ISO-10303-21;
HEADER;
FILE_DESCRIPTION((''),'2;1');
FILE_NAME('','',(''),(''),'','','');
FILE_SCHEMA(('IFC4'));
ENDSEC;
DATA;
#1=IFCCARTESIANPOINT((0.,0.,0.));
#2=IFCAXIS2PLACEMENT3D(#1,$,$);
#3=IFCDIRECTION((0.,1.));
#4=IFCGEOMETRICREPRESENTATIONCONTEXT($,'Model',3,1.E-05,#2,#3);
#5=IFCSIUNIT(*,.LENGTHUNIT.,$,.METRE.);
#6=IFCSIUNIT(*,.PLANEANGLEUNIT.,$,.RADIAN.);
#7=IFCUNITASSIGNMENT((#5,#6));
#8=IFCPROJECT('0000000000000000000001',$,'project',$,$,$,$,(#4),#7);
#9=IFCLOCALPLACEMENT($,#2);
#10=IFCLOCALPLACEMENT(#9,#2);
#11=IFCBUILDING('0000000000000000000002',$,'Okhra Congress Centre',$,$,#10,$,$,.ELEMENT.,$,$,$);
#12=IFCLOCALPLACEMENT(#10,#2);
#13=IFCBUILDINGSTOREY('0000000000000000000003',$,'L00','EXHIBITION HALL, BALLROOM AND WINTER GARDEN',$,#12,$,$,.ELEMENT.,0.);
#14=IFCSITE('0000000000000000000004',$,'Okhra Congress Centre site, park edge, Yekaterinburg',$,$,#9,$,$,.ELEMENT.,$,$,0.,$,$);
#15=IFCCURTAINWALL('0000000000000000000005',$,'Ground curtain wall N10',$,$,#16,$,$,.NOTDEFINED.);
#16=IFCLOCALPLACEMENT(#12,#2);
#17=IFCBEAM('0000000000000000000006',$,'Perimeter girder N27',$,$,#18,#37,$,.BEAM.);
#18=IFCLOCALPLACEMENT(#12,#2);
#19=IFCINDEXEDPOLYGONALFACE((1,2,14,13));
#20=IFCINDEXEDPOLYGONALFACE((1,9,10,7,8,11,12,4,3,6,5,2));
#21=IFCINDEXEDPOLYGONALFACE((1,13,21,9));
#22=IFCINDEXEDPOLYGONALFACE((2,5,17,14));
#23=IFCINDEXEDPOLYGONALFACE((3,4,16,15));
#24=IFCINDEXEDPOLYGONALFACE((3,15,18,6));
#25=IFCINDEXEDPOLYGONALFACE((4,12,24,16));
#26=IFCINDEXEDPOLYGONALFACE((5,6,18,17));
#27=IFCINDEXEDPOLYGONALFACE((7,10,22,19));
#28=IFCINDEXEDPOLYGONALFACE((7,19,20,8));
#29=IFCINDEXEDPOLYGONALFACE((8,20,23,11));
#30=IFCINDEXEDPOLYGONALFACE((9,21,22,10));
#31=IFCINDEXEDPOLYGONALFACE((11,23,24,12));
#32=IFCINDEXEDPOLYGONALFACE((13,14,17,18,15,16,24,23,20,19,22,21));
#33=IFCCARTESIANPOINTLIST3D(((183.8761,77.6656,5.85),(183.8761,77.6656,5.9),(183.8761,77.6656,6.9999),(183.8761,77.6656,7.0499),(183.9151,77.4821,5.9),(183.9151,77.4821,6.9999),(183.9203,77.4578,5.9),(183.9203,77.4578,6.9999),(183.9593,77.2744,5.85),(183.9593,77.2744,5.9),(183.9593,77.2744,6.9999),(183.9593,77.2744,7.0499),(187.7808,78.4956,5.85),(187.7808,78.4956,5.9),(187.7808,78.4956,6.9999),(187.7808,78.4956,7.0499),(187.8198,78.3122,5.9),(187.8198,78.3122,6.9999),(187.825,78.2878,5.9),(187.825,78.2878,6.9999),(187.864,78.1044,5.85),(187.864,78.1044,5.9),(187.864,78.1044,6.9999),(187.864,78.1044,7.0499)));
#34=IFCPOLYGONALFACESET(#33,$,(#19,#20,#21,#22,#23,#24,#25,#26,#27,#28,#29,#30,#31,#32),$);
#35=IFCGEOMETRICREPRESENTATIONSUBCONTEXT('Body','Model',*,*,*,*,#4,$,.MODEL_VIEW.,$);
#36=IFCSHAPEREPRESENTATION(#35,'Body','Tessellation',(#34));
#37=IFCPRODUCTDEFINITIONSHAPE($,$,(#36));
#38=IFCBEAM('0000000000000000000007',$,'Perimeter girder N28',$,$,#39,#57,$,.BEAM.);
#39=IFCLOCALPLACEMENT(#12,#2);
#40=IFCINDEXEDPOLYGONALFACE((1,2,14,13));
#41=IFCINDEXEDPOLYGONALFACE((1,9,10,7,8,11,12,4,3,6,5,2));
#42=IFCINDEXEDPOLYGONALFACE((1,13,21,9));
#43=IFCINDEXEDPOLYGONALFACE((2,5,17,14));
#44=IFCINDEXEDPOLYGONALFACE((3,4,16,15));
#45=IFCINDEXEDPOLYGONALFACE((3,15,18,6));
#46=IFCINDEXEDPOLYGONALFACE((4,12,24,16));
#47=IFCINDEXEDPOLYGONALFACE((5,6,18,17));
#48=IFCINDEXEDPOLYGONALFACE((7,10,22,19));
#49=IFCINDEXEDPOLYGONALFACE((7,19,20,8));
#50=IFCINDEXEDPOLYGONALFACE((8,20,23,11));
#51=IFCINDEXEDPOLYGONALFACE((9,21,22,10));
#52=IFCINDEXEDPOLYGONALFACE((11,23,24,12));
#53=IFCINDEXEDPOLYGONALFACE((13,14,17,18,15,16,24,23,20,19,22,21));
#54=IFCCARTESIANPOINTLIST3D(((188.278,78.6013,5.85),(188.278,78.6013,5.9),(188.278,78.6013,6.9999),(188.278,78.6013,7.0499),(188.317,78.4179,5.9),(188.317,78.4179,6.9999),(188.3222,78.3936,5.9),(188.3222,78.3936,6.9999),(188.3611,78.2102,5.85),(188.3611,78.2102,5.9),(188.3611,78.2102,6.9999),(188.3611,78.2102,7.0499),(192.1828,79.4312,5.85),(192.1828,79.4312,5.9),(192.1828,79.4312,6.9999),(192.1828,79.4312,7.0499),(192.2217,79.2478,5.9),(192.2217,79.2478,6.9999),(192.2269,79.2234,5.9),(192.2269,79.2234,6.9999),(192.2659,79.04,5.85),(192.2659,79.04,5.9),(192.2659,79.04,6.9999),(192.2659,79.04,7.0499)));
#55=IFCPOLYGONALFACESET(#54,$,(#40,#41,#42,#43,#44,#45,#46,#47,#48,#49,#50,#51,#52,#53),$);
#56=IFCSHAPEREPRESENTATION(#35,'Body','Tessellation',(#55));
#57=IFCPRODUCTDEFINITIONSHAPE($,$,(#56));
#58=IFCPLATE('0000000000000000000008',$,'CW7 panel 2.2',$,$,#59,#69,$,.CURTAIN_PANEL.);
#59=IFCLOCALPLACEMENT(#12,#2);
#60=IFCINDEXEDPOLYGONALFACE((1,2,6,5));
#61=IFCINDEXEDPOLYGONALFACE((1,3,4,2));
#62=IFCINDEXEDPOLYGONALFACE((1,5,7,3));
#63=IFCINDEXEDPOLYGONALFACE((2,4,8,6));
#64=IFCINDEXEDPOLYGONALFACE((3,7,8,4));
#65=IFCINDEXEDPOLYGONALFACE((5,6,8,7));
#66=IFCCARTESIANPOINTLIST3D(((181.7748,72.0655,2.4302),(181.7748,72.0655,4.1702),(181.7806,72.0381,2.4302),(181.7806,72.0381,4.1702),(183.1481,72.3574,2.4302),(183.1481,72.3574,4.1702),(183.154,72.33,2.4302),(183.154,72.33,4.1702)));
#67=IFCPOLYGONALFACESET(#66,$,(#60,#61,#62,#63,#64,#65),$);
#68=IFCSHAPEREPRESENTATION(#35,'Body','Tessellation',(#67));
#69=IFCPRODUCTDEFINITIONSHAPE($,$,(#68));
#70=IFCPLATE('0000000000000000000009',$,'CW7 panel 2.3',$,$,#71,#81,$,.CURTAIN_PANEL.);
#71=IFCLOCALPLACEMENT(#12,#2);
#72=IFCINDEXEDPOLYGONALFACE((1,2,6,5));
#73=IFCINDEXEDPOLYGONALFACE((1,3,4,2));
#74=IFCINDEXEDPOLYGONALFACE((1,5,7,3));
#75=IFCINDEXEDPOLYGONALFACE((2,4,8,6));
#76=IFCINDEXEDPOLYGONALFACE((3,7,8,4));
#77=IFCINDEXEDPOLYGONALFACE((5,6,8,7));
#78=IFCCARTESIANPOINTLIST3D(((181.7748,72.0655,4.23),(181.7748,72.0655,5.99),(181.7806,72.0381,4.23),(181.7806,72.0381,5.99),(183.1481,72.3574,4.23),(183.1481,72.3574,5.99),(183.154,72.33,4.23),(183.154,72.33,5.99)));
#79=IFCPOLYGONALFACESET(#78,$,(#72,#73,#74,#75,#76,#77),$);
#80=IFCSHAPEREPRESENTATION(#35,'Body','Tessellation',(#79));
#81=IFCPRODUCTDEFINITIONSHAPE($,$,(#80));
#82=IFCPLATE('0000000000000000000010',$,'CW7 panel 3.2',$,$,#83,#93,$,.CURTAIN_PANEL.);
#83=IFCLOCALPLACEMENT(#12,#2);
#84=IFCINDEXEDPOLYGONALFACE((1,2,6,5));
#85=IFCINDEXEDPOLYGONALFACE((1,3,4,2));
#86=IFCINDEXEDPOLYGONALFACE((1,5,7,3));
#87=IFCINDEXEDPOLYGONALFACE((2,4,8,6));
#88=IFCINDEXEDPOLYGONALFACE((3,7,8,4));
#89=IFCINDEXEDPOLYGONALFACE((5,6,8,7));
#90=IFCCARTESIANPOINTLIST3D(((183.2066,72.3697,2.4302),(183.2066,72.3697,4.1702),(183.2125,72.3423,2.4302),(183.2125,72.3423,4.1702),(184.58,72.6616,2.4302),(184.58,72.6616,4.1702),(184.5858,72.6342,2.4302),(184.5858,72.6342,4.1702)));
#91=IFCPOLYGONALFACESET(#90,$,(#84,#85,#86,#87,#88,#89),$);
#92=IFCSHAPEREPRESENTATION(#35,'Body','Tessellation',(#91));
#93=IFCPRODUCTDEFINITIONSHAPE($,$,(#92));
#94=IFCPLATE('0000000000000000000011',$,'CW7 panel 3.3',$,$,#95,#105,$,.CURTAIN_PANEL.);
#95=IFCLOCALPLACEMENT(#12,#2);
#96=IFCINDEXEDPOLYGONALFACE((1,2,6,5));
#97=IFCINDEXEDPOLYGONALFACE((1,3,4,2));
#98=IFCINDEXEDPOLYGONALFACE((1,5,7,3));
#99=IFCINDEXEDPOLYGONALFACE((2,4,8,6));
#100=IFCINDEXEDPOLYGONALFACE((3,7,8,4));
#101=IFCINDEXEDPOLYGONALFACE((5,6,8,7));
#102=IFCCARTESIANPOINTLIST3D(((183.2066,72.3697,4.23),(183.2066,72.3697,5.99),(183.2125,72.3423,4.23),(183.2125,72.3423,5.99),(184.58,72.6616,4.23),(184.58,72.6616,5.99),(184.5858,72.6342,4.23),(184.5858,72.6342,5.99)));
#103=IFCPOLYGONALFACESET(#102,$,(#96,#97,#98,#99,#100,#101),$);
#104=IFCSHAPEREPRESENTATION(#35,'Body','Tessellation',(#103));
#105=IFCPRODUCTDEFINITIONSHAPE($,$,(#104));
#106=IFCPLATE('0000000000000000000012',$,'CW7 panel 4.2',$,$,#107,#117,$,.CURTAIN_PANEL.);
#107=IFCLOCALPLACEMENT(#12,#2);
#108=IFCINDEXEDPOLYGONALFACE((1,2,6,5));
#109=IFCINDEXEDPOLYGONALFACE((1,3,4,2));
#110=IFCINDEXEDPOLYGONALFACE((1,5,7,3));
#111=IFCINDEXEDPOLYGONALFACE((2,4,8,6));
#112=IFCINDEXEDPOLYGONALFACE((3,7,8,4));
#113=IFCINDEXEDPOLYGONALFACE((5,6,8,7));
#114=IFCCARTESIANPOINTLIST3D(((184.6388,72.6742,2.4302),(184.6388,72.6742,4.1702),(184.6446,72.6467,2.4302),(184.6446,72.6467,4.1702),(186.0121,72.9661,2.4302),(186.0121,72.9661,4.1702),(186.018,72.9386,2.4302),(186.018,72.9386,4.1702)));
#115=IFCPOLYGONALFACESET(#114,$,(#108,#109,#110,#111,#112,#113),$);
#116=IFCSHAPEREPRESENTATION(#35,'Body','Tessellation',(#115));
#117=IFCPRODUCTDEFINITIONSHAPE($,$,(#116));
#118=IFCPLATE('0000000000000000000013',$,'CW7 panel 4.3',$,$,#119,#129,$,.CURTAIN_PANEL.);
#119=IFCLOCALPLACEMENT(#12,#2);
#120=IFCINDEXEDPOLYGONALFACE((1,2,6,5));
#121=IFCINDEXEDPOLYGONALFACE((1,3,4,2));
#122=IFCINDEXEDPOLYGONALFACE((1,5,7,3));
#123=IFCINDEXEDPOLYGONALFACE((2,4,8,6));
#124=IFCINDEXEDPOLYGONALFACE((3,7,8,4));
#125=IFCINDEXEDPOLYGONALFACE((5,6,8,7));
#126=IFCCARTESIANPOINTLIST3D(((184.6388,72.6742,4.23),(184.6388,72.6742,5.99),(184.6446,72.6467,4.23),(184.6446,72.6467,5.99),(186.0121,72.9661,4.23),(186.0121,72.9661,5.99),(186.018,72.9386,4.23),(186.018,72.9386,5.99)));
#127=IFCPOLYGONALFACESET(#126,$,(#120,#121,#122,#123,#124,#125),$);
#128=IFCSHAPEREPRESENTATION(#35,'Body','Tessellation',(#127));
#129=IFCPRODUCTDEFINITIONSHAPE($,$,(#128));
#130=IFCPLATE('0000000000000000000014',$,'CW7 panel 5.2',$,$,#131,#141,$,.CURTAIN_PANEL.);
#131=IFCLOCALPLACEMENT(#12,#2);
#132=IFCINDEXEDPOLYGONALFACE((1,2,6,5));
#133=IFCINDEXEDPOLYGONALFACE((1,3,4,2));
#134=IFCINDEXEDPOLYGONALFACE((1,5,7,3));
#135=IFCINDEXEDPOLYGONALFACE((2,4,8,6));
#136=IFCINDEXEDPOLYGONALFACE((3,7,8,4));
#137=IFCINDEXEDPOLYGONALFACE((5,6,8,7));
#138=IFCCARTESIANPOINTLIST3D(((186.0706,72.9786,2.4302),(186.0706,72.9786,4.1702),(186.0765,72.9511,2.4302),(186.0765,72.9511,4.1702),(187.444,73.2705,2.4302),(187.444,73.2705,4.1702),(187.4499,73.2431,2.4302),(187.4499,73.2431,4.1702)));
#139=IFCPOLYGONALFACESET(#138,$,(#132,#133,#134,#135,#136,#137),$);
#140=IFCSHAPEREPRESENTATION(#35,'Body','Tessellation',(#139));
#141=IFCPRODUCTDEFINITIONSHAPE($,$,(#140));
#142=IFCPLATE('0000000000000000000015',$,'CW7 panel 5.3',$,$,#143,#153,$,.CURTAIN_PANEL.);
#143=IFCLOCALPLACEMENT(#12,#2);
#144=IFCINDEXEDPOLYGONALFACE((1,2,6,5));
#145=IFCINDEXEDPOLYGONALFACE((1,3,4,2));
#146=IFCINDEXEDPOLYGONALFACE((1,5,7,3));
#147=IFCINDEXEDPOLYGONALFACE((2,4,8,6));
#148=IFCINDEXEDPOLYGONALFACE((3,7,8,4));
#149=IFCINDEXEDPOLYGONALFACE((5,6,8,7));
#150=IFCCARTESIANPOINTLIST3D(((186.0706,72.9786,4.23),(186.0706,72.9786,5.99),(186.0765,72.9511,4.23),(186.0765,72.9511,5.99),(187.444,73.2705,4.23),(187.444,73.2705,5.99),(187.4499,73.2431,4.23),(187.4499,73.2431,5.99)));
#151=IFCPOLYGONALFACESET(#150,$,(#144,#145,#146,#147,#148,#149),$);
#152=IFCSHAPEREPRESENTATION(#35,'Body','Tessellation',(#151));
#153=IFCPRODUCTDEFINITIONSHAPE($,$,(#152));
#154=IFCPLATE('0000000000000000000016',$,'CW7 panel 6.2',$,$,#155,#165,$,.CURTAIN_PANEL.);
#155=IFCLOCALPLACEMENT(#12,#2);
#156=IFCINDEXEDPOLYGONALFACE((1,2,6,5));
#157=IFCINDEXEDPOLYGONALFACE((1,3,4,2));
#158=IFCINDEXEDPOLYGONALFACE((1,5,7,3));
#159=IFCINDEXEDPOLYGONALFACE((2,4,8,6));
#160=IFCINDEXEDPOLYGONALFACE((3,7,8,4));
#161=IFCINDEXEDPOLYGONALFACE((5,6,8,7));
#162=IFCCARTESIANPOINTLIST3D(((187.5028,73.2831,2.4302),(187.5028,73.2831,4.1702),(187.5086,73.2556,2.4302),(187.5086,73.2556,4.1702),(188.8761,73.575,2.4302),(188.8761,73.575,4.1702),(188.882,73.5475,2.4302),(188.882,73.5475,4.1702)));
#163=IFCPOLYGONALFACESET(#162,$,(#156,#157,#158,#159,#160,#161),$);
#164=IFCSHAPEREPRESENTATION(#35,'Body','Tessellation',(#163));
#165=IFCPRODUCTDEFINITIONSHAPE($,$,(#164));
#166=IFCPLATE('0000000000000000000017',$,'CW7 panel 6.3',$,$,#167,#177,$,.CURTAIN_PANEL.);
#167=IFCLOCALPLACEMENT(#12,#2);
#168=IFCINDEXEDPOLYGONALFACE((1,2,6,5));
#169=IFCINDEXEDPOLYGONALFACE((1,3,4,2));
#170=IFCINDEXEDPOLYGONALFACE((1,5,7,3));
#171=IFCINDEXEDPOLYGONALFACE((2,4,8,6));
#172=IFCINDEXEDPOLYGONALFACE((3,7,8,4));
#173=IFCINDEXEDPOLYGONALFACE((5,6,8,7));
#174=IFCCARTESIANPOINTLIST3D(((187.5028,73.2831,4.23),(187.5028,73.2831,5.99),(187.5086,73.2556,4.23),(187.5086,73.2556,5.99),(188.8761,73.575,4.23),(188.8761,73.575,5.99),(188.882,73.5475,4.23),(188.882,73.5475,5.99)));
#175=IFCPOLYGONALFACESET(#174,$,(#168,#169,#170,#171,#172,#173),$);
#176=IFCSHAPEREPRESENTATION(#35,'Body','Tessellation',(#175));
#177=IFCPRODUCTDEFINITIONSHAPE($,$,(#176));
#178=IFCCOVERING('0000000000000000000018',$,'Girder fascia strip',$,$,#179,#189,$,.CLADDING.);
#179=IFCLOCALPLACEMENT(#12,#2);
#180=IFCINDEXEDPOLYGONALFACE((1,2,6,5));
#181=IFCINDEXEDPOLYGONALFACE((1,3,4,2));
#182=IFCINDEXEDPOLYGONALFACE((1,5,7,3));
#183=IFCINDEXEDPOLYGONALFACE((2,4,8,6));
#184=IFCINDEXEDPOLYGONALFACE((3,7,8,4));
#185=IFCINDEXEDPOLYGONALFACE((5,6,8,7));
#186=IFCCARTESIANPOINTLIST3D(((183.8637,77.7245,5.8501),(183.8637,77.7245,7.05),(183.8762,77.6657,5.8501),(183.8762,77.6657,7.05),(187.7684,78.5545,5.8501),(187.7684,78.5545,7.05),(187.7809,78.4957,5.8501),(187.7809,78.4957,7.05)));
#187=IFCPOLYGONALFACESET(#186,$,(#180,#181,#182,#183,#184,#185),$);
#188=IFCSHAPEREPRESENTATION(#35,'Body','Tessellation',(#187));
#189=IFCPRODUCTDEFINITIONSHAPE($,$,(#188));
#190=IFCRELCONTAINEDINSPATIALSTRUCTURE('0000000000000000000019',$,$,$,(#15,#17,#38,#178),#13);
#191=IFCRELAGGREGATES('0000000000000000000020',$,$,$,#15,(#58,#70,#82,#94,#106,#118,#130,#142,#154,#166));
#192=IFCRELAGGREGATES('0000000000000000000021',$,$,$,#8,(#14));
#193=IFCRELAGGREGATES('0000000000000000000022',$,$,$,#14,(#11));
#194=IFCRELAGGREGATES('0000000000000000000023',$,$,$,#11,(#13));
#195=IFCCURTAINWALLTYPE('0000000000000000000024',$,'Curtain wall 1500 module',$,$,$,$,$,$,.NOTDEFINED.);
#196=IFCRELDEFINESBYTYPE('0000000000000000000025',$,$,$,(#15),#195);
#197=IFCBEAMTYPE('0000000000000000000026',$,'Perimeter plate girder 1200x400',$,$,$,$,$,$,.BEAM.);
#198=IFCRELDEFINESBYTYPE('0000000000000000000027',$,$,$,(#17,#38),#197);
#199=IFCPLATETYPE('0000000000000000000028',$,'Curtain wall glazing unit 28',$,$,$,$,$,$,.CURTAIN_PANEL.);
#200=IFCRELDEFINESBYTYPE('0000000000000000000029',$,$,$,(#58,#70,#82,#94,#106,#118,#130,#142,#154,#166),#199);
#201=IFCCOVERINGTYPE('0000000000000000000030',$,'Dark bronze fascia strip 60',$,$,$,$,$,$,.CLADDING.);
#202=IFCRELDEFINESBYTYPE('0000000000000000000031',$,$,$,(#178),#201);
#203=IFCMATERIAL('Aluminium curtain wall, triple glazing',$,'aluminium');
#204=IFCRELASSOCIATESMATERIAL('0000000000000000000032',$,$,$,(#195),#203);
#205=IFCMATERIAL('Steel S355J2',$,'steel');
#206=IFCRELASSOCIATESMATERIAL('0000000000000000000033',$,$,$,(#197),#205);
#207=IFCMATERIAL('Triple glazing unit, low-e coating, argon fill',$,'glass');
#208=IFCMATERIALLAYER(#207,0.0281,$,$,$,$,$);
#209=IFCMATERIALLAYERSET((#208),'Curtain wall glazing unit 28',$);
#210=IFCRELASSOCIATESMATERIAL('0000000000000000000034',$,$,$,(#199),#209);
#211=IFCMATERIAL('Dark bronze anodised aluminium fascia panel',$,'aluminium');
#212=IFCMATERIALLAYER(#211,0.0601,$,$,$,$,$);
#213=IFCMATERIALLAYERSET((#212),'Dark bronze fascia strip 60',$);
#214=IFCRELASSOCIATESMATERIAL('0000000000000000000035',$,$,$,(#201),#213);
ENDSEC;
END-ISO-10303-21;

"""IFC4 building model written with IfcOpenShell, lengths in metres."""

from ifc_helpers import new_model, si_unit, direction, frame, origin, origin_2d, place, context, subcontext, project, spatial, rectangle, i_section, extrude, material, layer, layer_set, material_profile, profile_set, type_object, element, aggregate, save


model = new_model("IFC4")

# Units and contexts
model_context = context("Model", 3, precision=1e-05, world=origin(), true_north=direction((0.0, 1.0)))
body_context = subcontext(model_context, "Body", "Model", "MODEL_VIEW")
ifc_project = project(units=[si_unit("LENGTHUNIT", "METRE"), si_unit("PLANEANGLEUNIT", "RADIAN")], contexts=[model_context])

# Site, building, storey
site_placement = place(None, origin())
site = spatial("IfcSite", under=ifc_project, at=site_placement, Name="Okhra Congress Centre site, park edge, Yekaterinburg", CompositionType="ELEMENT", RefElevation=0.0)
building_placement = place(site_placement, origin())
building = spatial("IfcBuilding", under=site, at=building_placement, Name="Okhra Congress Centre", CompositionType="ELEMENT")
storey_placement = place(building_placement, origin())
storey = spatial("IfcBuildingStorey", under=building, at=storey_placement, Name="L00", Description="EXHIBITION HALL, BALLROOM AND WINTER GARDEN", CompositionType="ELEMENT", Elevation=0.0)

# Curtain wall
ifc_material_1 = material(Name="Aluminium curtain wall, triple glazing", Category="aluminium")
curtain_wall_type = type_object("IfcCurtainWallType", Name="Curtain wall 1500 module", PredefinedType="NOTDEFINED", material=ifc_material_1)
curtain_wall_placement = place(storey_placement, origin())
curtain_wall = element("IfcCurtainWall", 1, at=curtain_wall_placement, inside=storey, type_object=curtain_wall_type, Name="Ground curtain wall N10", PredefinedType="NOTDEFINED")

# Beams
ifc_material_2 = material(Name="Steel S355J2", Category="steel")
ifc_material_profile_1 = material_profile(ifc_material_2, i_section(OverallWidth=0.3999, OverallDepth=1.2, WebThickness=0.0249, FlangeThickness=0.05, at=origin_2d()), Name="Plate girder 1200x400")
ifc_profile_set_1 = profile_set([ifc_material_profile_1], Name="Steel S355J2")
beam_type = type_object("IfcBeamType", Name="Perimeter plate girder 1200x400", PredefinedType="BEAM", material=ifc_profile_set_1)
for number, where, z_axis, x_axis, name in (
    (2, (183.9177, 77.47, 6.45), (0.978143, 0.207933, 0.0), (-0.207933, 0.978143, 0.0), "Perimeter girder N27"),
    (3, (188.3196, 78.4058, 6.45), (0.978155, 0.207875, 0.0), (-0.207875, 0.978155, 0.0), "Perimeter girder N28"),
):
    element("IfcBeam", number, at=place(storey_placement, frame(where, z_axis=z_axis, x_axis=x_axis)), inside=storey, type_object=beam_type, Name=name, PredefinedType="BEAM", context=body_context, shape_type="SweptSolid", body=[
        extrude(i_section(OverallWidth=0.3999, OverallDepth=1.2, WebThickness=0.0249, FlangeThickness=0.05, at=origin_2d()), origin(), (0.0, 0.0, 1.0), 3.9919),
    ])

# Plates
ifc_material_3 = material(Name="Triple glazing unit, low-e coating, argon fill", Category="glass")
ifc_layer_1 = layer(ifc_material_3, 0.0281)
ifc_layer_set_1 = layer_set([ifc_layer_1], Name="Curtain wall glazing unit 28")
plate_type = type_object("IfcPlateType", Name="Curtain wall glazing unit 28", PredefinedType="CURTAIN_PANEL", material=ifc_layer_set_1)
plate_1_placement = place(storey_placement, frame((182.4644, 72.1978, 2.4302), z_axis=(0.0, 0.0, 1.0), x_axis=(0.978148, 0.207912, 0.0)))
plate_1 = element("IfcPlate", 4, at=plate_1_placement, type_object=plate_type, Name="CW7 panel 2.2", PredefinedType="CURTAIN_PANEL", context=body_context, shape_type="SweptSolid", body=[
    extrude(rectangle(XDim=1.4041, YDim=0.0281, at=origin_2d()), origin(), (0.0, 0.0, 1.0), 1.74),
])
plate_2_placement = place(storey_placement, frame((182.4644, 72.1978, 4.23), z_axis=(0.0, 0.0, 1.0), x_axis=(0.978148, 0.207912, 0.0)))
plate_2 = element("IfcPlate", 5, at=plate_2_placement, type_object=plate_type, Name="CW7 panel 2.3", PredefinedType="CURTAIN_PANEL", context=body_context, shape_type="SweptSolid", body=[
    extrude(rectangle(XDim=1.4041, YDim=0.0281, at=origin_2d()), origin(), (0.0, 0.0, 1.0), 1.76),
])
plate_3_placement = place(storey_placement, frame((183.8962, 72.502, 2.4302), z_axis=(0.0, 0.0, 1.0), x_axis=(0.978148, 0.207912, 0.0)))
plate_3 = element("IfcPlate", 6, at=plate_3_placement, type_object=plate_type, Name="CW7 panel 3.2", PredefinedType="CURTAIN_PANEL", context=body_context, shape_type="SweptSolid", body=[
    extrude(rectangle(XDim=1.4041, YDim=0.0281, at=origin_2d()), origin(), (0.0, 0.0, 1.0), 1.74),
])
plate_4_placement = place(storey_placement, frame((183.8962, 72.502, 4.23), z_axis=(0.0, 0.0, 1.0), x_axis=(0.978148, 0.207912, 0.0)))
plate_4 = element("IfcPlate", 7, at=plate_4_placement, type_object=plate_type, Name="CW7 panel 3.3", PredefinedType="CURTAIN_PANEL", context=body_context, shape_type="SweptSolid", body=[
    extrude(rectangle(XDim=1.4041, YDim=0.0281, at=origin_2d()), origin(), (0.0, 0.0, 1.0), 1.76),
])
plate_5_placement = place(storey_placement, frame((185.3284, 72.8064, 2.4302), z_axis=(0.0, 0.0, 1.0), x_axis=(0.978148, 0.207912, 0.0)))
plate_5 = element("IfcPlate", 8, at=plate_5_placement, type_object=plate_type, Name="CW7 panel 4.2", PredefinedType="CURTAIN_PANEL", context=body_context, shape_type="SweptSolid", body=[
    extrude(rectangle(XDim=1.4041, YDim=0.0281, at=origin_2d()), origin(), (0.0, 0.0, 1.0), 1.74),
])
plate_6_placement = place(storey_placement, frame((185.3284, 72.8064, 4.23), z_axis=(0.0, 0.0, 1.0), x_axis=(0.978148, 0.207912, 0.0)))
plate_6 = element("IfcPlate", 9, at=plate_6_placement, type_object=plate_type, Name="CW7 panel 4.3", PredefinedType="CURTAIN_PANEL", context=body_context, shape_type="SweptSolid", body=[
    extrude(rectangle(XDim=1.4041, YDim=0.0281, at=origin_2d()), origin(), (0.0, 0.0, 1.0), 1.76),
])
plate_7_placement = place(storey_placement, frame((186.7603, 73.1108, 2.4302), z_axis=(0.0, 0.0, 1.0), x_axis=(0.978148, 0.207912, 0.0)))
plate_7 = element("IfcPlate", 10, at=plate_7_placement, type_object=plate_type, Name="CW7 panel 5.2", PredefinedType="CURTAIN_PANEL", context=body_context, shape_type="SweptSolid", body=[
    extrude(rectangle(XDim=1.4041, YDim=0.0281, at=origin_2d()), origin(), (0.0, 0.0, 1.0), 1.74),
])
plate_8_placement = place(storey_placement, frame((186.7603, 73.1108, 4.23), z_axis=(0.0, 0.0, 1.0), x_axis=(0.978148, 0.207912, 0.0)))
plate_8 = element("IfcPlate", 11, at=plate_8_placement, type_object=plate_type, Name="CW7 panel 5.3", PredefinedType="CURTAIN_PANEL", context=body_context, shape_type="SweptSolid", body=[
    extrude(rectangle(XDim=1.4041, YDim=0.0281, at=origin_2d()), origin(), (0.0, 0.0, 1.0), 1.76),
])
plate_9_placement = place(storey_placement, frame((188.1924, 73.4153, 2.4302), z_axis=(0.0, 0.0, 1.0), x_axis=(0.978148, 0.207912, 0.0)))
plate_9 = element("IfcPlate", 12, at=plate_9_placement, type_object=plate_type, Name="CW7 panel 6.2", PredefinedType="CURTAIN_PANEL", context=body_context, shape_type="SweptSolid", body=[
    extrude(rectangle(XDim=1.4041, YDim=0.0281, at=origin_2d()), origin(), (0.0, 0.0, 1.0), 1.74),
])
plate_10_placement = place(storey_placement, frame((188.1924, 73.4153, 4.23), z_axis=(0.0, 0.0, 1.0), x_axis=(0.978148, 0.207912, 0.0)))
plate_10 = element("IfcPlate", 13, at=plate_10_placement, type_object=plate_type, Name="CW7 panel 6.3", PredefinedType="CURTAIN_PANEL", context=body_context, shape_type="SweptSolid", body=[
    extrude(rectangle(XDim=1.4041, YDim=0.0281, at=origin_2d()), origin(), (0.0, 0.0, 1.0), 1.76),
])
aggregate(curtain_wall, [plate_1, plate_2, plate_3, plate_4, plate_5, plate_6, plate_7, plate_8, plate_9, plate_10])

# Covering
ifc_material_4 = material(Name="Dark bronze anodised aluminium fascia panel", Category="aluminium")
ifc_layer_2 = layer(ifc_material_4, 0.0601)
ifc_layer_set_2 = layer_set([ifc_layer_2], Name="Dark bronze fascia strip 60")
covering_type_1 = type_object("IfcCoveringType", Name="Dark bronze fascia strip 60", PredefinedType="CLADDING", material=ifc_layer_set_2)
covering_1_placement = place(storey_placement, frame((185.8223, 78.1101, 5.8501), z_axis=(0.0, 0.0, 1.0), x_axis=(0.978148, 0.207912, 0.0)))
element("IfcCovering", 14, at=covering_1_placement, inside=storey, type_object=covering_type_1, Name="Girder fascia strip", PredefinedType="CLADDING", context=body_context, shape_type="SweptSolid", body=[
    extrude(rectangle(XDim=3.9919, YDim=0.0601, at=origin_2d()), origin(), (0.0, 0.0, 1.0), 1.2),
])

save(model, "model.ifc")
